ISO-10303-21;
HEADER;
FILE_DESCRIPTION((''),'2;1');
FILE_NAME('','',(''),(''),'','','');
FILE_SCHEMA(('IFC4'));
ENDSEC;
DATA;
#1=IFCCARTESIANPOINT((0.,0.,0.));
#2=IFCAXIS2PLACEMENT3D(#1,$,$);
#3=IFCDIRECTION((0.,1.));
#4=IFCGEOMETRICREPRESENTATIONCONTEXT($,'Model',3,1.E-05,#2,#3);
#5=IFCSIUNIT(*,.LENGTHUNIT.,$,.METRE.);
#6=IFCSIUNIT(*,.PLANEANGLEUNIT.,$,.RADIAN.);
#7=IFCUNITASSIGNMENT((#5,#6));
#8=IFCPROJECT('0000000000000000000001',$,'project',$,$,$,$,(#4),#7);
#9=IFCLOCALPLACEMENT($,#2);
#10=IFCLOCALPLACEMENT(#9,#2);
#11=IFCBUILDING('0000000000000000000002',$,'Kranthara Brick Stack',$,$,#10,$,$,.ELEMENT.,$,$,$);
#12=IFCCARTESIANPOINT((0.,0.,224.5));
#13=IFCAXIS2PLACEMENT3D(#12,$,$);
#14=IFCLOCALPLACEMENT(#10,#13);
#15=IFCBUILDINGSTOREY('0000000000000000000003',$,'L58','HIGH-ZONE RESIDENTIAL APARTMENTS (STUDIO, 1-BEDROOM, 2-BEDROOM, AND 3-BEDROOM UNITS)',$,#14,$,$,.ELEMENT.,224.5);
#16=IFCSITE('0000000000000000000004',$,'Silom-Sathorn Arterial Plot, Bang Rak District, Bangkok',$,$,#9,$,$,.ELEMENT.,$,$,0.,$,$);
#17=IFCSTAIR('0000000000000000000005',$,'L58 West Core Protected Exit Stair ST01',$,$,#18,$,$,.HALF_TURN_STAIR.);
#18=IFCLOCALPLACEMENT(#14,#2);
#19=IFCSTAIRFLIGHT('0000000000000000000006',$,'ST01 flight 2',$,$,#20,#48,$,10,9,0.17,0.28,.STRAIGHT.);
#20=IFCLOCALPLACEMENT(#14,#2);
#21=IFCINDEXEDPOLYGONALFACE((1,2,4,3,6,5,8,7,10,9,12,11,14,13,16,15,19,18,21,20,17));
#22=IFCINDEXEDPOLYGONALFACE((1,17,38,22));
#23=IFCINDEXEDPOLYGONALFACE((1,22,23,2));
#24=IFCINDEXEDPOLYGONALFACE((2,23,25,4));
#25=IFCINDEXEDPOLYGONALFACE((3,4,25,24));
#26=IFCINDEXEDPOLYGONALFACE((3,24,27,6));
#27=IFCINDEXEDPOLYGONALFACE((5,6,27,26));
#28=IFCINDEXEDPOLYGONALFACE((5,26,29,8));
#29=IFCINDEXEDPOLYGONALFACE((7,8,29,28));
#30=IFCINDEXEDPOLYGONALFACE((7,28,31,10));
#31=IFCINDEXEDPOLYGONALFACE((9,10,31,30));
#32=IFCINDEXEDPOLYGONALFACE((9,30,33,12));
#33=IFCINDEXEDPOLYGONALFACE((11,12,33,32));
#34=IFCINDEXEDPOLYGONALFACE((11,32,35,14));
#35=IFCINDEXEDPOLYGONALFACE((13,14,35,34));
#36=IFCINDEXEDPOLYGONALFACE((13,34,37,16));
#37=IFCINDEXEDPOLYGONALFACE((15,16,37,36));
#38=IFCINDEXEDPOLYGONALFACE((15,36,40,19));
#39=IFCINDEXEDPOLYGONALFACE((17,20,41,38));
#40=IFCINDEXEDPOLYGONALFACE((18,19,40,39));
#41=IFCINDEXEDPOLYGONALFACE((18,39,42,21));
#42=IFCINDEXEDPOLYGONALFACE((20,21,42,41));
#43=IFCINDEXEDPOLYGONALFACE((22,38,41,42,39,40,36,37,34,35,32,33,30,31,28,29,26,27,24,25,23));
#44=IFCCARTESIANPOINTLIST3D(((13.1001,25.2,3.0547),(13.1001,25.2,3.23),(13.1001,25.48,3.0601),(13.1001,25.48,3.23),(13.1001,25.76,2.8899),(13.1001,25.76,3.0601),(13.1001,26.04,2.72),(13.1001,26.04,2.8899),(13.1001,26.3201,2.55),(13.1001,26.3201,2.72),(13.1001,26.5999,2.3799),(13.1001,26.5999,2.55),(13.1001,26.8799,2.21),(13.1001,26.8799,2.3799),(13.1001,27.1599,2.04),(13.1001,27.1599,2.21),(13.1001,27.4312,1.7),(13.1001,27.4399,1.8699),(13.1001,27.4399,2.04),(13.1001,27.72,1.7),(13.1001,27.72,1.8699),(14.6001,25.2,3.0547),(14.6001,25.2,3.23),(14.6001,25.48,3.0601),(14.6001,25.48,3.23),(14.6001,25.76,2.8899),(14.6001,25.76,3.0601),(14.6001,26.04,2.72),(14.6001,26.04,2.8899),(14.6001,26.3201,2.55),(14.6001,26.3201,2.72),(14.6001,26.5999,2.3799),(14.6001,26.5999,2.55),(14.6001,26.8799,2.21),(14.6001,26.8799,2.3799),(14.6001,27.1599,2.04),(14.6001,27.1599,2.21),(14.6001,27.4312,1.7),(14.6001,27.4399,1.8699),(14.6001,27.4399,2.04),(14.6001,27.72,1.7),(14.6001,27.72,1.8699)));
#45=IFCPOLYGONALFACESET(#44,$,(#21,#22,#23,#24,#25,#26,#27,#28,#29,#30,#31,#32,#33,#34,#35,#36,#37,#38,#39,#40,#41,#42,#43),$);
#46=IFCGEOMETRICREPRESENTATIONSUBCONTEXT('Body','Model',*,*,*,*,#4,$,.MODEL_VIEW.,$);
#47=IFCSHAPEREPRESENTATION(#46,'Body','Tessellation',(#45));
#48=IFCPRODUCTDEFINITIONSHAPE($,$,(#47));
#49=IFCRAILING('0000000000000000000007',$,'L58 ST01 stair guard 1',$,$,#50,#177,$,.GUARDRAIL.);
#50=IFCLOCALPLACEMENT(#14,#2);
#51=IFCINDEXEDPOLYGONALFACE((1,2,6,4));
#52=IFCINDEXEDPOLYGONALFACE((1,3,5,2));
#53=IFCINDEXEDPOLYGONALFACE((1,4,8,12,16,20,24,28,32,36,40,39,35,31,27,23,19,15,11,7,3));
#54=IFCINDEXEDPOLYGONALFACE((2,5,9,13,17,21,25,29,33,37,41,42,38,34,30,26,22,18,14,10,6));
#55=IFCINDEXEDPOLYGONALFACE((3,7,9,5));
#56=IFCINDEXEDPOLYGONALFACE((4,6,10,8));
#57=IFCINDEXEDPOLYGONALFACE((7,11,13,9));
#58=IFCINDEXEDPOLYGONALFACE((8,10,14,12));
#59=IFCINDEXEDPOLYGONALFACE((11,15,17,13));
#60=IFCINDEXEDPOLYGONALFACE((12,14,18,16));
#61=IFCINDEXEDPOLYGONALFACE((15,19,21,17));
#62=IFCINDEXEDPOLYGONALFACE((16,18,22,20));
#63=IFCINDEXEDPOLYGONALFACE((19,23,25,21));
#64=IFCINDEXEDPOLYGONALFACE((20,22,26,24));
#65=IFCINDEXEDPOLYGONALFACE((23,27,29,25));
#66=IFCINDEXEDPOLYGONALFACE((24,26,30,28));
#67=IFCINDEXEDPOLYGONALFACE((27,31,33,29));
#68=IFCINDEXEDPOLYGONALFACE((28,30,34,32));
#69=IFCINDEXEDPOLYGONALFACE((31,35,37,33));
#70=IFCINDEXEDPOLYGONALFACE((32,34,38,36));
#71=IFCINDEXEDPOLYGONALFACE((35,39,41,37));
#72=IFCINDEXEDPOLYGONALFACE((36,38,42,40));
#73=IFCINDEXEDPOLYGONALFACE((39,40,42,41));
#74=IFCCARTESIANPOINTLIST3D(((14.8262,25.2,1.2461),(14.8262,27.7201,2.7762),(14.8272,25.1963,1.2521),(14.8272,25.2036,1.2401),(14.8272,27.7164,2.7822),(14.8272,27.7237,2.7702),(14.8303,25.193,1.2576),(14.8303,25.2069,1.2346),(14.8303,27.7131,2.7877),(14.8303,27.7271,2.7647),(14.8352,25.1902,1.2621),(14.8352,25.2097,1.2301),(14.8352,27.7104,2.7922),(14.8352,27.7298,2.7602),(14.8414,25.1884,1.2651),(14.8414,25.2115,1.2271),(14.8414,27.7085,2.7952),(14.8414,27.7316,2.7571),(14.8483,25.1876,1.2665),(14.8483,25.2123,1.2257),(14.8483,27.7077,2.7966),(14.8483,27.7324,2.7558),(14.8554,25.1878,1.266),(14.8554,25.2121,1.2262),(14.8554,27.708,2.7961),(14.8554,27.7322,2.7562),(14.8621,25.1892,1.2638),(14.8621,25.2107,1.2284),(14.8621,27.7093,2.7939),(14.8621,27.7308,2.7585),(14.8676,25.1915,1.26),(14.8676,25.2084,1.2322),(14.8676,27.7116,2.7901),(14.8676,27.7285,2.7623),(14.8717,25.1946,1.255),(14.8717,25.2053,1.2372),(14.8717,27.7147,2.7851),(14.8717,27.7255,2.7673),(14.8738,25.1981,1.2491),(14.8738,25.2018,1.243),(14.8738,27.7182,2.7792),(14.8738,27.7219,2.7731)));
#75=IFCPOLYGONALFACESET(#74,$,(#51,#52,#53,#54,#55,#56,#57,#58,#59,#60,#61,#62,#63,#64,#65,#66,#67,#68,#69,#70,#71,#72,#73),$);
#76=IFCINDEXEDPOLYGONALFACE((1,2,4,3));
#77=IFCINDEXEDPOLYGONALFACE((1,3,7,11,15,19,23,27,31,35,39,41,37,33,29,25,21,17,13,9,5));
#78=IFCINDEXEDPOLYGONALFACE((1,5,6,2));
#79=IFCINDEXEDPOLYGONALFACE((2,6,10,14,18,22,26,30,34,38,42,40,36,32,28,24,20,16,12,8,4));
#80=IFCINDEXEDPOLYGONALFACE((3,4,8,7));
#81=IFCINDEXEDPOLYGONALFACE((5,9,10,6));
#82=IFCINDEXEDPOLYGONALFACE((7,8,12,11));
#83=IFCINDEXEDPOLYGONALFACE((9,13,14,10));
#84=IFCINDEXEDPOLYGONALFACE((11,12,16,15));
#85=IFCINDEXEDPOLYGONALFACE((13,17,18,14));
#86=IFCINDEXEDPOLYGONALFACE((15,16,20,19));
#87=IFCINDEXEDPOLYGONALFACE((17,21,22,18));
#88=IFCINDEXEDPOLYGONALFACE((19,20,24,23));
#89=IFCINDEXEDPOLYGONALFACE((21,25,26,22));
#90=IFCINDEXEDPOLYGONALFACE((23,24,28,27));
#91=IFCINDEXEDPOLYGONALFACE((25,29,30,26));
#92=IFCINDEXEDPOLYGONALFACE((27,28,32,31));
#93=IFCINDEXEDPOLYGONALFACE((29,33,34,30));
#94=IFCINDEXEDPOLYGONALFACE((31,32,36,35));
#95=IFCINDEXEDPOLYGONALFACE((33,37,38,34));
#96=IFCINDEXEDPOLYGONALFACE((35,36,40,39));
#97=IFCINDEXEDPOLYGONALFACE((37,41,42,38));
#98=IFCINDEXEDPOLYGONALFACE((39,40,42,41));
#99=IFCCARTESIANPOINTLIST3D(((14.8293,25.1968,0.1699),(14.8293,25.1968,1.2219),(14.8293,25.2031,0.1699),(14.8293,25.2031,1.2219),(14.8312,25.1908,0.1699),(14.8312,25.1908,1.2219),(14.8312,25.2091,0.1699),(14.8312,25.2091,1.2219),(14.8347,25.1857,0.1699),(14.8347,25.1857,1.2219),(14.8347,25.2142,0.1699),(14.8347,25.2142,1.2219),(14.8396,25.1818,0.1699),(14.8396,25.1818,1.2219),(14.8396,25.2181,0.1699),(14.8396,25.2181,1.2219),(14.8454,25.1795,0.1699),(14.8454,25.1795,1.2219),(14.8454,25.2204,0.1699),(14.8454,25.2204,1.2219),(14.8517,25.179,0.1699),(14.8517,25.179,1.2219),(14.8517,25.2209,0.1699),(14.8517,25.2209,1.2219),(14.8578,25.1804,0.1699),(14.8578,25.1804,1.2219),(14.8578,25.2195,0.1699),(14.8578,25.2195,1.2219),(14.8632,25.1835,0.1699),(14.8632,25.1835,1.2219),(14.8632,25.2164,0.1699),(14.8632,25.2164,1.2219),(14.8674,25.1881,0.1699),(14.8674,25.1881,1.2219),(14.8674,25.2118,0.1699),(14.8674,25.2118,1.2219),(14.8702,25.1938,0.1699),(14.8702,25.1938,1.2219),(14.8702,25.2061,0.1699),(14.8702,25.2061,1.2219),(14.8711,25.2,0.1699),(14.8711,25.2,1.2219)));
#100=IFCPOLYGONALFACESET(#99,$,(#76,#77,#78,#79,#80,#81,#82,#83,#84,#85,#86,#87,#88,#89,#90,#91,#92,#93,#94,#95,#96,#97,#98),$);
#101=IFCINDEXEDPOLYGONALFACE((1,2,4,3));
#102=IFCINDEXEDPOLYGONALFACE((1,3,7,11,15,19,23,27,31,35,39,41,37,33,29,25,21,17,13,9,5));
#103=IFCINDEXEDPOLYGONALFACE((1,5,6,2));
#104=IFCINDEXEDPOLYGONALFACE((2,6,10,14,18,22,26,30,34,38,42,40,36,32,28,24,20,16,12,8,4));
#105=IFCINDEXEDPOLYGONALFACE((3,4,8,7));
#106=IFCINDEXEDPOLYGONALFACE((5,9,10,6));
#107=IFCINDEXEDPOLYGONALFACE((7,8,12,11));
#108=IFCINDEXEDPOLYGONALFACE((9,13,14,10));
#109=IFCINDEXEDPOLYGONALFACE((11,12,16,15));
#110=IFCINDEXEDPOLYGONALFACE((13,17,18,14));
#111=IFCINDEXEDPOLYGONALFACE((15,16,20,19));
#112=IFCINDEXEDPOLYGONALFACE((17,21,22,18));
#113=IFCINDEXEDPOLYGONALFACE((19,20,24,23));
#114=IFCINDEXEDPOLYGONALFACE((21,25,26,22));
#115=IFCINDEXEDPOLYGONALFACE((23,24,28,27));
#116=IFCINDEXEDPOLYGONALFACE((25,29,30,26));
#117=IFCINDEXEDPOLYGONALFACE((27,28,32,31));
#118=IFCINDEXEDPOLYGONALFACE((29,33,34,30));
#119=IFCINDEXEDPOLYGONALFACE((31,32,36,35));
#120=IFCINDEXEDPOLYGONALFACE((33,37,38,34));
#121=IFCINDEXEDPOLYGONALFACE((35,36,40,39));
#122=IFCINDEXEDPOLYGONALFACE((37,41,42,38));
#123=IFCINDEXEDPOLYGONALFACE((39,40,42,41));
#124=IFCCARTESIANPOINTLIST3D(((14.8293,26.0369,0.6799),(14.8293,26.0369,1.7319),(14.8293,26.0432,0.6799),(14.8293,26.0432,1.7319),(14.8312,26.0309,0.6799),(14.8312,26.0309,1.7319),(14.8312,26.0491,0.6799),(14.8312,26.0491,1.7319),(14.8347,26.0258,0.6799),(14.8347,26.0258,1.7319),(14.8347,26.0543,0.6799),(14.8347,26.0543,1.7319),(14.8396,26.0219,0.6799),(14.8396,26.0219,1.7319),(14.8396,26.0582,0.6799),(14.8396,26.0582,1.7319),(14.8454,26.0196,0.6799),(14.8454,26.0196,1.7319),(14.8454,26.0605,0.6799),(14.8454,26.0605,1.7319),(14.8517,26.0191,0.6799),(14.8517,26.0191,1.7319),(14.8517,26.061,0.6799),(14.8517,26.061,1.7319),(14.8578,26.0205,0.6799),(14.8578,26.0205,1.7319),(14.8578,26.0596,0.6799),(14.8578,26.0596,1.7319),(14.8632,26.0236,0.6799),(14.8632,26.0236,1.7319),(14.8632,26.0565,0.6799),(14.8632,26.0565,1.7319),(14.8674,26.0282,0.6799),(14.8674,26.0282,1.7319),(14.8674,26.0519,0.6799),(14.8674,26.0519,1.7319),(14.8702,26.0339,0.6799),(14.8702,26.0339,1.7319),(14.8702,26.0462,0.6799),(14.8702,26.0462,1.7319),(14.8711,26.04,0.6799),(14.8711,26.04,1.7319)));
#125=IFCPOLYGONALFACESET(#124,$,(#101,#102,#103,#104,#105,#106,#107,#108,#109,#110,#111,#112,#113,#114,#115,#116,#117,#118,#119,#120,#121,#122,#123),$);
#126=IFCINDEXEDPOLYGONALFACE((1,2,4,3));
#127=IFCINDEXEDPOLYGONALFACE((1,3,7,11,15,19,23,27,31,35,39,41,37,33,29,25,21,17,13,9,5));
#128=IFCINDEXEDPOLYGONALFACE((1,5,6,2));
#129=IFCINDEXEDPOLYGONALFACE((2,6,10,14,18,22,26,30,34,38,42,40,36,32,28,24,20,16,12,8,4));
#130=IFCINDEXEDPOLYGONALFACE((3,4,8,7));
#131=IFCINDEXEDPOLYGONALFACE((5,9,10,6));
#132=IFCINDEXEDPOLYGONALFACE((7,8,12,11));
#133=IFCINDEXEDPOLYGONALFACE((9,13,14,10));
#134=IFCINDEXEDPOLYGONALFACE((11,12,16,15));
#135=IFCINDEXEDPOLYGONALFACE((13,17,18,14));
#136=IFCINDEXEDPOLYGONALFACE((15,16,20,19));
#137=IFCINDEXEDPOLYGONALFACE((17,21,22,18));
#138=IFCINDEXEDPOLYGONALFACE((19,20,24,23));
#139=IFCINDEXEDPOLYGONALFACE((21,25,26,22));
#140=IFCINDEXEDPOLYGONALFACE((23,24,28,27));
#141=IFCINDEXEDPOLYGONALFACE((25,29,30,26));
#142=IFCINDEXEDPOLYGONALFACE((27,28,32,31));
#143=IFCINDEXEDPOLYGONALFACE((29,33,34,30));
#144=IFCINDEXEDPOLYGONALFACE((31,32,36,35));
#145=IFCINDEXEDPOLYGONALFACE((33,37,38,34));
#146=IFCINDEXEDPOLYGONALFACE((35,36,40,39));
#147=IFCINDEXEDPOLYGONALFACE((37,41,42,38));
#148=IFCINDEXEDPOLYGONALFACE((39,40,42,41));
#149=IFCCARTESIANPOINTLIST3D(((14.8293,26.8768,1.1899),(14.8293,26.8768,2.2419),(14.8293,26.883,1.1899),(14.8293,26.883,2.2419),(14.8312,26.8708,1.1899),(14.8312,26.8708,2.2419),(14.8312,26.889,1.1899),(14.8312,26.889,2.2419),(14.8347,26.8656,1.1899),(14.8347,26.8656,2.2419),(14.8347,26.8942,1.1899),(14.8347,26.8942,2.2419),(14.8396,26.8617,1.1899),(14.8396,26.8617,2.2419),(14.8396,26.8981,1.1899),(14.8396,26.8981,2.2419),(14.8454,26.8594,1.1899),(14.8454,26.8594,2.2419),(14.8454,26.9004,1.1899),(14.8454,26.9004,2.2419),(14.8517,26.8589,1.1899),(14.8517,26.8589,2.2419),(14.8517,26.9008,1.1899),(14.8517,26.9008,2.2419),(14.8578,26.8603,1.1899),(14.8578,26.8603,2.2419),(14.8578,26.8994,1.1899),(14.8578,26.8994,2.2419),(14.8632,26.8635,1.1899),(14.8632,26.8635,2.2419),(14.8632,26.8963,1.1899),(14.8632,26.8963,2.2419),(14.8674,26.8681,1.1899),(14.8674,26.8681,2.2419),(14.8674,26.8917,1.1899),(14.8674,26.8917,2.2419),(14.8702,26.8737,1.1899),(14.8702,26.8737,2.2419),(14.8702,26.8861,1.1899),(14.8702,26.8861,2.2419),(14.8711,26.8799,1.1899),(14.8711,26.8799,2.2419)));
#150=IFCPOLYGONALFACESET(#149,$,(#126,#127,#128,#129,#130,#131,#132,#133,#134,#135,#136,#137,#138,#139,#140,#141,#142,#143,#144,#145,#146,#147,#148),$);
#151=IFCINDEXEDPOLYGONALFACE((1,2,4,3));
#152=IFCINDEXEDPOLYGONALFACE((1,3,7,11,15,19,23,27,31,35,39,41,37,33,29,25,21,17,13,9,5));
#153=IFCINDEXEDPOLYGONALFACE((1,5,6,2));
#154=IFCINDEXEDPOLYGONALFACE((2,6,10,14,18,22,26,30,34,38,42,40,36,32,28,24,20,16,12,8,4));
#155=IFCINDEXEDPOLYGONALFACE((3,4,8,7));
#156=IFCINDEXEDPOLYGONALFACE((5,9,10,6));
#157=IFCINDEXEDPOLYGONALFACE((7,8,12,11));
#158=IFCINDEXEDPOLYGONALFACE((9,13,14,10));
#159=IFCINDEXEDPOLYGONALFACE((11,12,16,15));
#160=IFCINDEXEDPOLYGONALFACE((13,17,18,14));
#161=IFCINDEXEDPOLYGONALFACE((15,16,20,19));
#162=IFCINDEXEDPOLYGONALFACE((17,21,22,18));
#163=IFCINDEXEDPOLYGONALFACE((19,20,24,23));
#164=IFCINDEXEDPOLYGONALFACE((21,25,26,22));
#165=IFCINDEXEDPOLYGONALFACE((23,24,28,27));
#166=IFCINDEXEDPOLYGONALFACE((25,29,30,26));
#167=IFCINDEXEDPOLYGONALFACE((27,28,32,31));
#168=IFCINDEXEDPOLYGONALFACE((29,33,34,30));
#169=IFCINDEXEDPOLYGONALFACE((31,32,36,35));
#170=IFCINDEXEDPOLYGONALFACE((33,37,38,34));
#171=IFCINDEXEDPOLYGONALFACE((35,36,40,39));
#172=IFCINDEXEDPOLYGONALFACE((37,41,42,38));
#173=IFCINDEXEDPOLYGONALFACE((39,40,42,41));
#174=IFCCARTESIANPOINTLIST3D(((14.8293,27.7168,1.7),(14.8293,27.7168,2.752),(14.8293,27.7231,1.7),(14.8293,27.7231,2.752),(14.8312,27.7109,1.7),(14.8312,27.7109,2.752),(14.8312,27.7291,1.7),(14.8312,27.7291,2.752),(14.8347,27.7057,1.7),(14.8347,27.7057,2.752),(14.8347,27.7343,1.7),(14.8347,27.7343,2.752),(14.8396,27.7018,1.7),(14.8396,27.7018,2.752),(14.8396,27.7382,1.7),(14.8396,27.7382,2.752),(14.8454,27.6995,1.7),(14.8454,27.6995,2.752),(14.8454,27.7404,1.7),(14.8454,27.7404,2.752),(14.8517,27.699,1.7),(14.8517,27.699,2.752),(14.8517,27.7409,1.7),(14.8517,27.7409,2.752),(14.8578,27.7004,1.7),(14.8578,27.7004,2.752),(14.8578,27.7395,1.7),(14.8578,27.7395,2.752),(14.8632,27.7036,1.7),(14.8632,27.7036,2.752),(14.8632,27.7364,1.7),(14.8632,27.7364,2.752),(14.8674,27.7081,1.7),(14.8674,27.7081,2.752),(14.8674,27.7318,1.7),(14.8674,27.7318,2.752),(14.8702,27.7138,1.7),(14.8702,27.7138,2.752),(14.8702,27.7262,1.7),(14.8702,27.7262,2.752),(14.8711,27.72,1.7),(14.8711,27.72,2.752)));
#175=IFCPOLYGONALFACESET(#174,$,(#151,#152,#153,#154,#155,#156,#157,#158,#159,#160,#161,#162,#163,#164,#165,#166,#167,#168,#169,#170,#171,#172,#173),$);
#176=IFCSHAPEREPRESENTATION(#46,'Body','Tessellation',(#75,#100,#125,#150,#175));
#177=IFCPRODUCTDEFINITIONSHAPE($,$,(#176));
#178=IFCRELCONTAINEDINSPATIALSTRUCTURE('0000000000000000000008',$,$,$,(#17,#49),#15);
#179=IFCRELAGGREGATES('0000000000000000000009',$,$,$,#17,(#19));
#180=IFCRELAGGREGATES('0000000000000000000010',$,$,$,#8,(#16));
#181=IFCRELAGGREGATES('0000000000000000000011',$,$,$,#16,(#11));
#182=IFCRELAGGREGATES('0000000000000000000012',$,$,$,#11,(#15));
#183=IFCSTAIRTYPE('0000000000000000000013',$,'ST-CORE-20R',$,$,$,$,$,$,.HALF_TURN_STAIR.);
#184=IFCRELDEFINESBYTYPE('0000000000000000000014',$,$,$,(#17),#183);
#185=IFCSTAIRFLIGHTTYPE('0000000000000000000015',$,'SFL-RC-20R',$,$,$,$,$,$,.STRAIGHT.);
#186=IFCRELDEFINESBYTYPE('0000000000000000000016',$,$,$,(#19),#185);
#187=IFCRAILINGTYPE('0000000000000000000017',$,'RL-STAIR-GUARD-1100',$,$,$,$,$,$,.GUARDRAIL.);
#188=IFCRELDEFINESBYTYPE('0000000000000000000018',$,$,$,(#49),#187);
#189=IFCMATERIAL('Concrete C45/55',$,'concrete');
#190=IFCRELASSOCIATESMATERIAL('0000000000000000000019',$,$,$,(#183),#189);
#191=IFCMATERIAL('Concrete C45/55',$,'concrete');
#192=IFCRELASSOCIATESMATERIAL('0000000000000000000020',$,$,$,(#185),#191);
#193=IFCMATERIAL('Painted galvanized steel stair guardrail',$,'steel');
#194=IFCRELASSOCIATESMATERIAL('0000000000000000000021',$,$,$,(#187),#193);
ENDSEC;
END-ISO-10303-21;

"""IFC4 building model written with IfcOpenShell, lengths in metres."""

from ifc_helpers import new_model, si_unit, direction, frame, origin, origin_2d, place, context, subcontext, project, spatial, polyline, circle, outline, extrude, material, type_object, element, aggregate, save


model = new_model("IFC4")

# Units and contexts
model_context = context("Model", 3, precision=1e-05, world=origin(), true_north=direction((0.0, 1.0)))
body_context = subcontext(model_context, "Body", "Model", "MODEL_VIEW")
ifc_project = project(units=[si_unit("LENGTHUNIT", "METRE"), si_unit("PLANEANGLEUNIT", "RADIAN")], contexts=[model_context])

# Site, building, storey
site_placement = place(None, origin())
site = spatial("IfcSite", under=ifc_project, at=site_placement, Name="Silom-Sathorn Arterial Plot, Bang Rak District, Bangkok", CompositionType="ELEMENT", RefElevation=0.0)
building_placement = place(site_placement, origin())
building = spatial("IfcBuilding", under=site, at=building_placement, Name="Kranthara Brick Stack", CompositionType="ELEMENT")
storey_placement = place(building_placement, frame((0.0, 0.0, 224.5)))
storey = spatial("IfcBuildingStorey", under=building, at=storey_placement, Name="L58", Description="HIGH-ZONE RESIDENTIAL APARTMENTS (STUDIO, 1-BEDROOM, 2-BEDROOM, AND 3-BEDROOM UNITS)", CompositionType="ELEMENT", Elevation=224.5)

# Stair, stair flight
ifc_material_1 = material(Name="Concrete C45/55", Category="concrete")
stair_type = type_object("IfcStairType", Name="ST-CORE-20R", PredefinedType="HALF_TURN_STAIR", material=ifc_material_1)
stair_placement = place(storey_placement, origin())
stair = element("IfcStair", 1, at=stair_placement, inside=storey, type_object=stair_type, Name="L58 West Core Protected Exit Stair ST01", PredefinedType="HALF_TURN_STAIR")
ifc_material_2 = material(Name="Concrete C45/55", Category="concrete")
stair_flight_type = type_object("IfcStairFlightType", Name="SFL-RC-20R", PredefinedType="STRAIGHT", material=ifc_material_2)
stair_flight_1_placement = place(storey_placement, frame((13.8501, 27.72, 1.7), z_axis=(0.0, 0.0, 1.0), x_axis=(0.0, -1.0, 0.0)))
stair_flight_1 = element("IfcStairFlight", 2, at=stair_flight_1_placement, type_object=stair_flight_type, Name="ST01 flight 2", NumberOfRisers=10, NumberOfTreads=9, PredefinedType="STRAIGHT", RiserHeight=0.17, TreadLength=0.28, context=body_context, shape_type="SweptSolid", body=[
    extrude(outline(polyline([(0.0, 0.0), (0.0, 0.1699), (0.28, 0.1699), (0.28, 0.3401), (0.5601, 0.3401), (0.5601, 0.51), (0.8401, 0.51), (0.8401, 0.6799), (1.1201, 0.6799), (1.1201, 0.8501), (1.3999, 0.8501), (1.3999, 1.02), (1.6799, 1.02), (1.6799, 1.1899), (1.96, 1.1899), (1.96, 1.3601), (2.24, 1.3601), (2.24, 1.53), (2.52, 1.53), (2.52, 1.7), (2.52, 1.3547), (0.2888, 0.0), (0.0, 0.0)])), frame((0.0, 0.75, 0.0), z_axis=(0.0, -1.0, 0.0), x_axis=(1.0, 0.0, 0.0)), (0.0, 0.0, 1.0), 1.5),
])
aggregate(stair, [stair_flight_1])

# Railing
ifc_material_3 = material(Name="Painted galvanized steel stair guardrail", Category="steel")
railing_type_1 = type_object("IfcRailingType", Name="RL-STAIR-GUARD-1100", PredefinedType="GUARDRAIL", material=ifc_material_3)
railing_1_placement = place(storey_placement, frame((14.8501, 25.2, 0.1699)))
element("IfcRailing", 3, at=railing_1_placement, inside=storey, type_object=railing_type_1, Name="L58 ST01 stair guard 1", PredefinedType="GUARDRAIL", context=body_context, shape_type="SweptSolid", body=[
    extrude(circle(Radius=0.0239, at=origin_2d()), frame((0.0, 0.0, 1.0762), z_axis=(0.0, 0.854785, 0.518982), x_axis=(-1.0, 0.0, 0.0)), (0.0, 0.0, 1.0), 2.9482),
    extrude(circle(Radius=0.021, at=origin_2d()), origin(), (0.0, 0.0, 1.0), 1.052),
    extrude(circle(Radius=0.021, at=origin_2d()), frame((0.0, 0.8401, 0.51)), (0.0, 0.0, 1.0), 1.052),
    extrude(circle(Radius=0.021, at=origin_2d()), frame((0.0, 1.6799, 1.02)), (0.0, 0.0, 1.0), 1.052),
    extrude(circle(Radius=0.021, at=origin_2d()), frame((0.0, 2.52, 1.53)), (0.0, 0.0, 1.0), 1.052),
])

save(model, "model.ifc")
